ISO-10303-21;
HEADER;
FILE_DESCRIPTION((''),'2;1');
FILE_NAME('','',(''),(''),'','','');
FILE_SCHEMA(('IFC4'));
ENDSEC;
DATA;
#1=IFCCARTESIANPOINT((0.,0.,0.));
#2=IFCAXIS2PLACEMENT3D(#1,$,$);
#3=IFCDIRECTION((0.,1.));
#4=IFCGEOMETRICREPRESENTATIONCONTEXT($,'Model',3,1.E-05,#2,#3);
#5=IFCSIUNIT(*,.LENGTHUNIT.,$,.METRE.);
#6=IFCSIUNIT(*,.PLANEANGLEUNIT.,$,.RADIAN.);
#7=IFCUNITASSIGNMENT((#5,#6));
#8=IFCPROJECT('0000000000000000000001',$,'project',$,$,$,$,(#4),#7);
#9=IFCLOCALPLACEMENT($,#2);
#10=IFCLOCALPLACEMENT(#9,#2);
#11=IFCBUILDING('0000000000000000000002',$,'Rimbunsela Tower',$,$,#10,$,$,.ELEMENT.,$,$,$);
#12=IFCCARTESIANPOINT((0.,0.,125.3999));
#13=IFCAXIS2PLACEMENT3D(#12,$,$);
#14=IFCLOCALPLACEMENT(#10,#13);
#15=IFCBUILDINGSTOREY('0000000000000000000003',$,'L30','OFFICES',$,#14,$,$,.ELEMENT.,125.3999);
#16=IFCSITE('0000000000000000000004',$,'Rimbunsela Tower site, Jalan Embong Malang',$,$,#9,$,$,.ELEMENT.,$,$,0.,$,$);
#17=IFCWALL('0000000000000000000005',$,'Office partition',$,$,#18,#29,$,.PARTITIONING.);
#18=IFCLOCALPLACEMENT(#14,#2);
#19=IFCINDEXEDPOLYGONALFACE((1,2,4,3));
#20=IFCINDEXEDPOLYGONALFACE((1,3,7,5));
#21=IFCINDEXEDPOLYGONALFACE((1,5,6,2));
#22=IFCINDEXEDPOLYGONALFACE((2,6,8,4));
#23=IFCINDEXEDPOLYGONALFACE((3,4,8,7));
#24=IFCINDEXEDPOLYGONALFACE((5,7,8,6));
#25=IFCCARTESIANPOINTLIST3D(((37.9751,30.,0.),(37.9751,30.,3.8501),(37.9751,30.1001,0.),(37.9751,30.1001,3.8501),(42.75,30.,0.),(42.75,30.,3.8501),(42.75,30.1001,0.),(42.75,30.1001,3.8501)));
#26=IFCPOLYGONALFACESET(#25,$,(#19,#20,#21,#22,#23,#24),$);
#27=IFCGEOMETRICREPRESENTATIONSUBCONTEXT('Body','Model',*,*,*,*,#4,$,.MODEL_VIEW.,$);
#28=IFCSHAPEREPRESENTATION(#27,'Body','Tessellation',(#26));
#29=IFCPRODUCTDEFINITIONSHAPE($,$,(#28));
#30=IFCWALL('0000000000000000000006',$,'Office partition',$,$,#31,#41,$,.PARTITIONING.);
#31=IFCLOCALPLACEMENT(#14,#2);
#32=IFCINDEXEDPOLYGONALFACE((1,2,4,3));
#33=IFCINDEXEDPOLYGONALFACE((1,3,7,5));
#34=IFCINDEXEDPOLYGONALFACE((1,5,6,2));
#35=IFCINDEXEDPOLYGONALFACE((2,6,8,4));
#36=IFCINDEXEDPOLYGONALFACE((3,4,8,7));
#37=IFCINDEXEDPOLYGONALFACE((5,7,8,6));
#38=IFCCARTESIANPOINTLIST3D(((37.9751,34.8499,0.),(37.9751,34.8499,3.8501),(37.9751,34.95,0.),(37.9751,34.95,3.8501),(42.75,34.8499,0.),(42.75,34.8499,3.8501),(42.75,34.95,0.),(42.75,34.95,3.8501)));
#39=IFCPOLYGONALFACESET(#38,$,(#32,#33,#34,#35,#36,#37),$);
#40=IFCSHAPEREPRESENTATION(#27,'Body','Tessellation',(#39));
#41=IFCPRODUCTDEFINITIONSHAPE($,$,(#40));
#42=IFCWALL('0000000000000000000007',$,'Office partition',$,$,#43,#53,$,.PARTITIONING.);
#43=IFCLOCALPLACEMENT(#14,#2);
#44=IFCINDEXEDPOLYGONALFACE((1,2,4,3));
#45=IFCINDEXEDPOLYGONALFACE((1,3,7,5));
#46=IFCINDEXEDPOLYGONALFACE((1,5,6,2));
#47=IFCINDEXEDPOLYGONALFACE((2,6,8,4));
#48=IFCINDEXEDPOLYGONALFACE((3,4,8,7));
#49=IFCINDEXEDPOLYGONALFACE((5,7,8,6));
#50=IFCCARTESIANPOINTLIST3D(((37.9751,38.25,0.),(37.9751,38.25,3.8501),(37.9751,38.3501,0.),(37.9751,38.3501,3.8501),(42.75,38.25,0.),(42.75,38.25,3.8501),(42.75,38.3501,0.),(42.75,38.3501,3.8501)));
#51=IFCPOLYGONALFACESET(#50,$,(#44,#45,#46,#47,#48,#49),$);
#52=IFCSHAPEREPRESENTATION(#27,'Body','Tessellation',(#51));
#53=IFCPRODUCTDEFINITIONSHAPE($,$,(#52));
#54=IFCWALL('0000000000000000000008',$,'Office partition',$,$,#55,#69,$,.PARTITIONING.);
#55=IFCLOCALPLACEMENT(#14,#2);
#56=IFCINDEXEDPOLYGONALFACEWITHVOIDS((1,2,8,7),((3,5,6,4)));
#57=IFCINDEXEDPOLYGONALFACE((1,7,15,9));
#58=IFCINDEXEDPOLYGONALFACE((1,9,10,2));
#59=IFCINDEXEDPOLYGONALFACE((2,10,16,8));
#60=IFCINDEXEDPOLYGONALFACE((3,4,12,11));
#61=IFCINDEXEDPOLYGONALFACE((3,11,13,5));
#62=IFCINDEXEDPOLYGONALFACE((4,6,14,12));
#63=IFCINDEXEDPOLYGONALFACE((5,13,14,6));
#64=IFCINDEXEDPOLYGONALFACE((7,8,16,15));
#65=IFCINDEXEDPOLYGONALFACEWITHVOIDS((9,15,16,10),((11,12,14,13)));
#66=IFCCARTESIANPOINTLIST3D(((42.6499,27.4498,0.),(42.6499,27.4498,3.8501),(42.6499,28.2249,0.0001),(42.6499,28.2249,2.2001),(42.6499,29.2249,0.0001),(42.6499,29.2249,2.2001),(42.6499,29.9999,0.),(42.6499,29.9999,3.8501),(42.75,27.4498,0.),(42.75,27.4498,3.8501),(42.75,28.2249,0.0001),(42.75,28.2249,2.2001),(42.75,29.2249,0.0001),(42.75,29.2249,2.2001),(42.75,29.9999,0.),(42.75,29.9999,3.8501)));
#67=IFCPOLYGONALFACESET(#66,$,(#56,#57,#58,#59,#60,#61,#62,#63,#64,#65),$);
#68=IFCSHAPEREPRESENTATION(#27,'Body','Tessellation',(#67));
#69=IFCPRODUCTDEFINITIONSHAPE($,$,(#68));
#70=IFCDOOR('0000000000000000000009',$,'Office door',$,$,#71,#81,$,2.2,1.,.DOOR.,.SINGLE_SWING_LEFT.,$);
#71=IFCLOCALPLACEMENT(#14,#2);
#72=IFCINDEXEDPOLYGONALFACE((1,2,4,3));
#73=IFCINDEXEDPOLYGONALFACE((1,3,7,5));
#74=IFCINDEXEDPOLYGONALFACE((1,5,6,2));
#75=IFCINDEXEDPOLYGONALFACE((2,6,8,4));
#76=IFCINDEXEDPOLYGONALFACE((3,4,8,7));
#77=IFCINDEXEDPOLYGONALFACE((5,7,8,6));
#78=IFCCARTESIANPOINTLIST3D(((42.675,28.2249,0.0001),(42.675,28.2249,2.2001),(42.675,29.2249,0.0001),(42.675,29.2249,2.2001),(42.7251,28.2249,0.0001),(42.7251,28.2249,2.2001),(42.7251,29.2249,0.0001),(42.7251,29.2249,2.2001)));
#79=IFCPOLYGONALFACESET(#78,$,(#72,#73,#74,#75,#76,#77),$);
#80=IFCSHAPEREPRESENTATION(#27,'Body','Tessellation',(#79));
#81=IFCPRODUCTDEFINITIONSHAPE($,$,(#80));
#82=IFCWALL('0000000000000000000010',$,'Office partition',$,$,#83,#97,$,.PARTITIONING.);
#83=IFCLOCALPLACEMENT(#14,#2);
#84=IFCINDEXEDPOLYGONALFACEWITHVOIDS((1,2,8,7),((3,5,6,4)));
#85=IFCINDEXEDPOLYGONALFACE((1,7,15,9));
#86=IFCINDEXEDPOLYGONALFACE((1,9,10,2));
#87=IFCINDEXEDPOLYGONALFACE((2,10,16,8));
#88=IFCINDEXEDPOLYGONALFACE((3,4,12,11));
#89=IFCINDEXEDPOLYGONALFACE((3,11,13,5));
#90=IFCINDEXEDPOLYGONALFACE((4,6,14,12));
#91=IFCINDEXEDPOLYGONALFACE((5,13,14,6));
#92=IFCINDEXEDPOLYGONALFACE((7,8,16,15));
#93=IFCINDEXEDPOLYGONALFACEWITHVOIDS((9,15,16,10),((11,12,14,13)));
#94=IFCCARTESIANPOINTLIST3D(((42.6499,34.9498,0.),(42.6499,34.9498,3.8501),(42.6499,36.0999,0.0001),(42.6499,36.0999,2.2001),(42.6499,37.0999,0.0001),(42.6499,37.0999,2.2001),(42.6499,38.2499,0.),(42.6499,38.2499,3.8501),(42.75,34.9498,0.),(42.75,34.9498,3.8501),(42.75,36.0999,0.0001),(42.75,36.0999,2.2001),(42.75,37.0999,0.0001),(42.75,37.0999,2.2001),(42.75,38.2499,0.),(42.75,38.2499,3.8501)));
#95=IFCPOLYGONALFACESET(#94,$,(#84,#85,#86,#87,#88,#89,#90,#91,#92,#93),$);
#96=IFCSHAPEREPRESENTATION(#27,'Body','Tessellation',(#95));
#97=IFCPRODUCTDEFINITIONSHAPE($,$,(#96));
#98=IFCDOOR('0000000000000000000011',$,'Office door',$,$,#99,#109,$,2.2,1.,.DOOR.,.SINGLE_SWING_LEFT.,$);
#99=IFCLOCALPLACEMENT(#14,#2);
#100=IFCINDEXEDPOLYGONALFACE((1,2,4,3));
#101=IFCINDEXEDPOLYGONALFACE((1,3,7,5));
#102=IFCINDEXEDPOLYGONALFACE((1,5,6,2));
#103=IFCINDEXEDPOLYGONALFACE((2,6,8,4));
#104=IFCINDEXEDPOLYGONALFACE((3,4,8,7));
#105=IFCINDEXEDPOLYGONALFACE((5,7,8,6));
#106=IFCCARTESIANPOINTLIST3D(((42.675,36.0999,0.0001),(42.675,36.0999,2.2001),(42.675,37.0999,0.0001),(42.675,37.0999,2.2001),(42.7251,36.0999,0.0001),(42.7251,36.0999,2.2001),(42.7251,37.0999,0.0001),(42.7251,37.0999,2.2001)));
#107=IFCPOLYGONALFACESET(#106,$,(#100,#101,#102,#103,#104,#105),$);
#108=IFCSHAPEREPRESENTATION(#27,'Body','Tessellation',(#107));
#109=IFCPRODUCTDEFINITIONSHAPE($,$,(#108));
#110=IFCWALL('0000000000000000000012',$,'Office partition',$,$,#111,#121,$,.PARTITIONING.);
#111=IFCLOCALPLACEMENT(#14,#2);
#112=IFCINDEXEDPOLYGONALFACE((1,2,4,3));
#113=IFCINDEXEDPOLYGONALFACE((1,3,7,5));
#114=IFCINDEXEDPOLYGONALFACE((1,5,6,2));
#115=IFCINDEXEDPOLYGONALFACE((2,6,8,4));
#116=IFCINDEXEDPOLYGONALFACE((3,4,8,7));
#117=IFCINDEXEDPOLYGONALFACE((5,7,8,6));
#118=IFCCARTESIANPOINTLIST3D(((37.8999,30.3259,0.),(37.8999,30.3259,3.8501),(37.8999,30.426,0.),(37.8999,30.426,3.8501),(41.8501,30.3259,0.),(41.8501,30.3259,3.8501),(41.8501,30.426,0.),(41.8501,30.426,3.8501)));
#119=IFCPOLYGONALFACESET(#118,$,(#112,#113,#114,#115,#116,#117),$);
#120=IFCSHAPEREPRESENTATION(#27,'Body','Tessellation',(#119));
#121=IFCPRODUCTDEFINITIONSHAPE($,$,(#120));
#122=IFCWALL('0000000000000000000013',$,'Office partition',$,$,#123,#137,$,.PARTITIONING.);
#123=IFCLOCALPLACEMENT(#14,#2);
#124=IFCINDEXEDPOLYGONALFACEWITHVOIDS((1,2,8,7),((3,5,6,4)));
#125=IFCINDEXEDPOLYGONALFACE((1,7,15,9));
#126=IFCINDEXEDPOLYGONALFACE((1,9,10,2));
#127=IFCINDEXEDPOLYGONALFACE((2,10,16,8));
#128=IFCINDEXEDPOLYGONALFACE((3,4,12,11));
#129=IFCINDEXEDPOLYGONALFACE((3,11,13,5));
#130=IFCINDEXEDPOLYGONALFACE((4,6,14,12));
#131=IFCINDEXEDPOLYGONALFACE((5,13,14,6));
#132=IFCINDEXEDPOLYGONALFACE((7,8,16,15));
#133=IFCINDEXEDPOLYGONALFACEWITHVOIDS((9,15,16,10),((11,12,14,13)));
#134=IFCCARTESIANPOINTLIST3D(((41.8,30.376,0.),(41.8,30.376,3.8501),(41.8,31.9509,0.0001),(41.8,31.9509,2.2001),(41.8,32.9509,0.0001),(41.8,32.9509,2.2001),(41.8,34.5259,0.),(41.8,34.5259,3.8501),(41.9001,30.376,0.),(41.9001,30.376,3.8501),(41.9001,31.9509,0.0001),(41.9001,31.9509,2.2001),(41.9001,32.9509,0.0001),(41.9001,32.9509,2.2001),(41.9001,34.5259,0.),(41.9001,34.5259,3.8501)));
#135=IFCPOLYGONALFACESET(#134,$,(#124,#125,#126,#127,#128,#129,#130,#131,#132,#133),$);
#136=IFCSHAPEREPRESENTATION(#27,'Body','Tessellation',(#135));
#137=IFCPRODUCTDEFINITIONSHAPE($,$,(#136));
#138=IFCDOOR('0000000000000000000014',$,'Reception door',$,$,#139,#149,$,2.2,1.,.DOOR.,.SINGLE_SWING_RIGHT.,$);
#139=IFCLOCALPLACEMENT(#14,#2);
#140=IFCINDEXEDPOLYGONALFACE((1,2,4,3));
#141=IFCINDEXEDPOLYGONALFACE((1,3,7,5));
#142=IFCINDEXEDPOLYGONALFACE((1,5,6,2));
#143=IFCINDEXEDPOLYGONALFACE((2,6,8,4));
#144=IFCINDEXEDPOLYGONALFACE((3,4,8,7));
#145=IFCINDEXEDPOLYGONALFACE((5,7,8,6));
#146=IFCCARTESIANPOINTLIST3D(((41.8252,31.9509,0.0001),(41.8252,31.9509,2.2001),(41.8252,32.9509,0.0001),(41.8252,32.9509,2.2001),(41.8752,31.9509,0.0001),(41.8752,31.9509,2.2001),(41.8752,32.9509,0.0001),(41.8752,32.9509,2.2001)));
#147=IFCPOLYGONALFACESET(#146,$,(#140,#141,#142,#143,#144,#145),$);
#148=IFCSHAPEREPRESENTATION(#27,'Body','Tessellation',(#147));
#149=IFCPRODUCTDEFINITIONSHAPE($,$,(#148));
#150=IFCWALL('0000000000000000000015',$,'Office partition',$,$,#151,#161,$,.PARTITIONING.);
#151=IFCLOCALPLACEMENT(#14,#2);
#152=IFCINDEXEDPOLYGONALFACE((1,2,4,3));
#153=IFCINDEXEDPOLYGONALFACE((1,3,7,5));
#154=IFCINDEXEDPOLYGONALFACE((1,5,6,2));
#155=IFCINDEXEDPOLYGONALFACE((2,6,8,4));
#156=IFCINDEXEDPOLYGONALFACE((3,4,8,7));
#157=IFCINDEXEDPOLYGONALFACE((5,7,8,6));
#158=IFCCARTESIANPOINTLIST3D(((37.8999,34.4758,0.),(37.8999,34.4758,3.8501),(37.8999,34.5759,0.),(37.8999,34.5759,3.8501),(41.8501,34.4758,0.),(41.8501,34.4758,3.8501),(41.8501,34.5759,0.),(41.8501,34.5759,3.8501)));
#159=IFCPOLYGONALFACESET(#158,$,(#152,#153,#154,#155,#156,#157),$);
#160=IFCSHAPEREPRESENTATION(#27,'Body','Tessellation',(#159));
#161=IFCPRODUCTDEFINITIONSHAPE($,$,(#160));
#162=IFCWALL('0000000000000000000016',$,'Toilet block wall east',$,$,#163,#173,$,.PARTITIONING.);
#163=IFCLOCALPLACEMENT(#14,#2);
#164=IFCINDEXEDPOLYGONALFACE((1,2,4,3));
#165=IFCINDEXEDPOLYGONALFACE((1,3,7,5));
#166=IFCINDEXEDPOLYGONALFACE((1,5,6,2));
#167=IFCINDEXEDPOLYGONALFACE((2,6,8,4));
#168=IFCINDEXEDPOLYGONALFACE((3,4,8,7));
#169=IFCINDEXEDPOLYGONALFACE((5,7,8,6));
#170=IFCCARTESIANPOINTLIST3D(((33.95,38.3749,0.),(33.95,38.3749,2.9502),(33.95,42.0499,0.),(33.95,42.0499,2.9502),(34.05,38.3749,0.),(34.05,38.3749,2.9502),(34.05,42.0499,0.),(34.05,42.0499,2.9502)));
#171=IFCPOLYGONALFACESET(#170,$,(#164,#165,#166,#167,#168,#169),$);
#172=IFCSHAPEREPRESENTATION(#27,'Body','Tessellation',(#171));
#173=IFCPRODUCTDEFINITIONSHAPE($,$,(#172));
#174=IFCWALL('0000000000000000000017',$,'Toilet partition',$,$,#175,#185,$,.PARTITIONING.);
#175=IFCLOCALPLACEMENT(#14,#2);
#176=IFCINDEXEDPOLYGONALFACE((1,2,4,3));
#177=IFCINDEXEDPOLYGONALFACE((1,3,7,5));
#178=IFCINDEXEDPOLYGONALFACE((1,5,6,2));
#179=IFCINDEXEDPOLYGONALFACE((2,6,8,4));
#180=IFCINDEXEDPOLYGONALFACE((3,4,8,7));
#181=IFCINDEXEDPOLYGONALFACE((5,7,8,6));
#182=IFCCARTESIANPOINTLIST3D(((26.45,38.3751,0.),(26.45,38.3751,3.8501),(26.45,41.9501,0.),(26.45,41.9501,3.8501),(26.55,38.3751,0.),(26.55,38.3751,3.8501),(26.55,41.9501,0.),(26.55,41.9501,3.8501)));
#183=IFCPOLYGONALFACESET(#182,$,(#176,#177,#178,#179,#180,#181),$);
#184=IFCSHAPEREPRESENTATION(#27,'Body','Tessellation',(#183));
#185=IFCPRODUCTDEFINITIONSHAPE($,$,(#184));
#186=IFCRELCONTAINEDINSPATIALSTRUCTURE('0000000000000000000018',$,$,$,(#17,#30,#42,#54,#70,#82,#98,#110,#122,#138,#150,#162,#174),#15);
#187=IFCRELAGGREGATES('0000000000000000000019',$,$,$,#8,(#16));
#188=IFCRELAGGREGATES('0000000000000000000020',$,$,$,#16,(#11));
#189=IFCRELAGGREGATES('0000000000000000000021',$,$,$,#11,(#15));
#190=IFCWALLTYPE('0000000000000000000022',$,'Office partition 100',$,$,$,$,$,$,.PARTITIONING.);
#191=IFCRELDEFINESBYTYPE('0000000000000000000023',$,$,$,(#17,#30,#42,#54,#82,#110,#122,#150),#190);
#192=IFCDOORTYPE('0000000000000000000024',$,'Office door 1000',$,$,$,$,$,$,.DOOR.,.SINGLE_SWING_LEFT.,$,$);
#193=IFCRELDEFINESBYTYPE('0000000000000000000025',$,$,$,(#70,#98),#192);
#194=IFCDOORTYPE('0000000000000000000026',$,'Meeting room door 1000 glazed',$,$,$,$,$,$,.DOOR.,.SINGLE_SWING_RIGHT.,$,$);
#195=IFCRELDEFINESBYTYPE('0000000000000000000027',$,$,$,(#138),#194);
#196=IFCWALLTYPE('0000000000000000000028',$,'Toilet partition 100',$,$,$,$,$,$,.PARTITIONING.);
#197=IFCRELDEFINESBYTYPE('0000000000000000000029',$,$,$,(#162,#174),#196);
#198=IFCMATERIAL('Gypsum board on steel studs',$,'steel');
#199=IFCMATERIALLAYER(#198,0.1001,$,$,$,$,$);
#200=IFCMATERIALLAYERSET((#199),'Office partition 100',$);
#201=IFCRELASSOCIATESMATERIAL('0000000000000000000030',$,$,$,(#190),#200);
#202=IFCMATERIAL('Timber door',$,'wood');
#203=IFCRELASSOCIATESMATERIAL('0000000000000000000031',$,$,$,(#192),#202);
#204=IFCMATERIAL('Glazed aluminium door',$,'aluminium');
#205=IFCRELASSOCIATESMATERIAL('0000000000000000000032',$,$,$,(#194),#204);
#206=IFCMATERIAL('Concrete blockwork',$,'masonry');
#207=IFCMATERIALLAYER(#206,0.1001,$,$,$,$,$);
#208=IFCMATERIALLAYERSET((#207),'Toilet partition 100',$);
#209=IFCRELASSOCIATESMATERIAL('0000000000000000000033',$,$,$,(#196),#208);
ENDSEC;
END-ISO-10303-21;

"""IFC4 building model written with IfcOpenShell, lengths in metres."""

from ifc_helpers import new_model, si_unit, direction, frame, frame_2d, origin, place, context, subcontext, project, spatial, rectangle, extrude, material, layer, layer_set, type_object, element, fill, save


model = new_model("IFC4")

# Units and contexts
model_context = context("Model", 3, precision=1e-05, world=origin(), true_north=direction((0.0, 1.0)))
body_context = subcontext(model_context, "Body", "Model", "MODEL_VIEW")
ifc_project = project(units=[si_unit("LENGTHUNIT", "METRE"), si_unit("PLANEANGLEUNIT", "RADIAN")], contexts=[model_context])

# Site, building, storey
site_placement = place(None, origin())
site = spatial("IfcSite", under=ifc_project, at=site_placement, Name="Rimbunsela Tower site, Jalan Embong Malang", CompositionType="ELEMENT", RefElevation=0.0)
building_placement = place(site_placement, origin())
building = spatial("IfcBuilding", under=site, at=building_placement, Name="Rimbunsela Tower", CompositionType="ELEMENT")
storey_placement = place(building_placement, frame((0.0, 0.0, 125.3999)))
storey = spatial("IfcBuildingStorey", under=building, at=storey_placement, Name="L30", Description="OFFICES", CompositionType="ELEMENT", Elevation=125.3999)

# Walls
ifc_material_1 = material(Name="Gypsum board on steel studs", Category="steel")
ifc_layer_1 = layer(ifc_material_1, 0.1001)
ifc_layer_set_1 = layer_set([ifc_layer_1], Name="Office partition 100")
wall_type_1 = type_object("IfcWallType", Name="Office partition 100", PredefinedType="PARTITIONING", material=ifc_layer_set_1)
for number, where, z_axis, x_axis, name in (
    (1, (37.9751, 30.05, 0.0), (0.0, 0.0, 1.0), (1.0, 0.0, 0.0), "Office partition"),
    (2, (37.9751, 34.8999, 0.0), (0.0, 0.0, 1.0), (1.0, 0.0, 0.0), "Office partition"),
    (3, (37.9751, 38.3, 0.0), (0.0, 0.0, 1.0), (1.0, 0.0, 0.0), "Office partition"),
):
    element("IfcWall", number, at=place(storey_placement, frame(where, z_axis=z_axis, x_axis=x_axis)), inside=storey, type_object=wall_type_1, Name=name, PredefinedType="PARTITIONING", context=body_context, shape_type="SweptSolid", body=[
        extrude(rectangle(XDim=4.7749, YDim=0.1001, at=frame_2d((2.3875, 0.0))), origin(), (0.0, 0.0, 1.0), 3.8501),
    ])

# Walls, openings, doors
wall_1_placement = place(storey_placement, frame((42.7, 27.45, 0.0), z_axis=(0.0, 0.0, 1.0), x_axis=(0.0, 1.0, 0.0)))
wall_1 = element("IfcWall", 4, at=wall_1_placement, inside=storey, type_object=wall_type_1, Name="Office partition", PredefinedType="PARTITIONING", context=body_context, shape_type="SweptSolid", body=[
    extrude(rectangle(XDim=2.55, YDim=0.1001, at=frame_2d((1.2749, 0.0))), origin(), (0.0, 0.0, 1.0), 3.8501),
])
opening_1_placement = place(wall_1_placement, frame((0.7749, 0.0, 0.0)))
opening_1 = element("IfcOpeningElement", 5, at=opening_1_placement, cuts=wall_1, PredefinedType="OPENING", context=body_context, shape_type="SweptSolid", body=[
    extrude(rectangle(XDim=1.0, YDim=2.2, at=frame_2d((0.5, 1.1001))), frame((0.0, 0.0601, 0.0), z_axis=(0.0, -1.0, 0.0), x_axis=(1.0, 0.0, 0.0)), (0.0, 0.0, 1.0), 0.1201),
])
ifc_material_2 = material(Name="Timber door", Category="wood")
door_type_1 = type_object("IfcDoorType", Name="Office door 1000", OperationType="SINGLE_SWING_LEFT", PredefinedType="DOOR", material=ifc_material_2)
door_1_placement = place(opening_1_placement, origin())
door_1 = element("IfcDoor", 6, at=door_1_placement, inside=storey, type_object=door_type_1, Name="Office door", OperationType="SINGLE_SWING_LEFT", OverallHeight=2.2, OverallWidth=1.0, PredefinedType="DOOR", context=body_context, shape_type="SweptSolid", body=[
    extrude(rectangle(XDim=1.0, YDim=2.2, at=frame_2d((0.5, 1.1001))), frame((0.0, 0.0249, 0.0), z_axis=(0.0, -1.0, 0.0), x_axis=(1.0, 0.0, 0.0)), (0.0, 0.0, 1.0), 0.05),
])
fill(opening_1, door_1)
wall_2_placement = place(storey_placement, frame((42.7, 34.95, 0.0), z_axis=(0.0, 0.0, 1.0), x_axis=(0.0, 1.0, 0.0)))
wall_2 = element("IfcWall", 7, at=wall_2_placement, inside=storey, type_object=wall_type_1, Name="Office partition", PredefinedType="PARTITIONING", context=body_context, shape_type="SweptSolid", body=[
    extrude(rectangle(XDim=3.3, YDim=0.1001, at=frame_2d((1.6499, 0.0))), origin(), (0.0, 0.0, 1.0), 3.8501),
])
opening_2_placement = place(wall_2_placement, frame((1.1499, 0.0, 0.0)))
opening_2 = element("IfcOpeningElement", 8, at=opening_2_placement, cuts=wall_2, PredefinedType="OPENING", context=body_context, shape_type="SweptSolid", body=[
    extrude(rectangle(XDim=1.0, YDim=2.2, at=frame_2d((0.5, 1.1001))), frame((0.0, 0.0601, 0.0), z_axis=(0.0, -1.0, 0.0), x_axis=(1.0, 0.0, 0.0)), (0.0, 0.0, 1.0), 0.1201),
])
door_2_placement = place(opening_2_placement, origin())
door_2 = element("IfcDoor", 9, at=door_2_placement, inside=storey, type_object=door_type_1, Name="Office door", OperationType="SINGLE_SWING_LEFT", OverallHeight=2.2, OverallWidth=1.0, PredefinedType="DOOR", context=body_context, shape_type="SweptSolid", body=[
    extrude(rectangle(XDim=1.0, YDim=2.2, at=frame_2d((0.5, 1.1001))), frame((0.0, 0.0249, 0.0), z_axis=(0.0, -1.0, 0.0), x_axis=(1.0, 0.0, 0.0)), (0.0, 0.0, 1.0), 0.05),
])
fill(opening_2, door_2)

# Wall
wall_3_placement = place(storey_placement, frame((37.8999, 30.376, 0.0), z_axis=(0.0, 0.0, 1.0), x_axis=(1.0, 0.0, 0.0)))
element("IfcWall", 10, at=wall_3_placement, inside=storey, type_object=wall_type_1, Name="Office partition", PredefinedType="PARTITIONING", context=body_context, shape_type="SweptSolid", body=[
    extrude(rectangle(XDim=3.9502, YDim=0.1001, at=frame_2d((1.9751, 0.0))), origin(), (0.0, 0.0, 1.0), 3.8501),
])

# Wall, opening, door
wall_4_placement = place(storey_placement, frame((41.8501, 30.376, 0.0), z_axis=(0.0, 0.0, 1.0), x_axis=(0.0, 1.0, 0.0)))
wall_4 = element("IfcWall", 11, at=wall_4_placement, inside=storey, type_object=wall_type_1, Name="Office partition", PredefinedType="PARTITIONING", context=body_context, shape_type="SweptSolid", body=[
    extrude(rectangle(XDim=4.1499, YDim=0.1001, at=frame_2d((2.075, 0.0))), origin(), (0.0, 0.0, 1.0), 3.8501),
])
opening_3_placement = place(wall_4_placement, frame((1.575, 0.0, 0.0)))
opening_3 = element("IfcOpeningElement", 12, at=opening_3_placement, cuts=wall_4, PredefinedType="OPENING", context=body_context, shape_type="SweptSolid", body=[
    extrude(rectangle(XDim=1.0, YDim=2.2, at=frame_2d((0.5, 1.1001))), frame((0.0, 0.0601, 0.0), z_axis=(0.0, -1.0, 0.0), x_axis=(1.0, 0.0, 0.0)), (0.0, 0.0, 1.0), 0.1201),
])
ifc_material_3 = material(Name="Glazed aluminium door", Category="aluminium")
door_type_2 = type_object("IfcDoorType", Name="Meeting room door 1000 glazed", OperationType="SINGLE_SWING_RIGHT", PredefinedType="DOOR", material=ifc_material_3)
door_3_placement = place(opening_3_placement, origin())
door_3 = element("IfcDoor", 13, at=door_3_placement, inside=storey, type_object=door_type_2, Name="Reception door", OperationType="SINGLE_SWING_RIGHT", OverallHeight=2.2, OverallWidth=1.0, PredefinedType="DOOR", context=body_context, shape_type="SweptSolid", body=[
    extrude(rectangle(XDim=1.0, YDim=2.2, at=frame_2d((0.5, 1.1001))), frame((0.0, 0.0249, 0.0), z_axis=(0.0, -1.0, 0.0), x_axis=(1.0, 0.0, 0.0)), (0.0, 0.0, 1.0), 0.05),
])
fill(opening_3, door_3)

# Walls
wall_5_placement = place(storey_placement, frame((41.8501, 34.5259, 0.0), z_axis=(0.0, 0.0, 1.0), x_axis=(-1.0, 0.0, 0.0)))
element("IfcWall", 14, at=wall_5_placement, inside=storey, type_object=wall_type_1, Name="Office partition", PredefinedType="PARTITIONING", context=body_context, shape_type="SweptSolid", body=[
    extrude(rectangle(XDim=3.9502, YDim=0.1001, at=frame_2d((1.9751, 0.0))), origin(), (0.0, 0.0, 1.0), 3.8501),
])
ifc_material_4 = material(Name="Concrete blockwork", Category="masonry")
ifc_layer_2 = layer(ifc_material_4, 0.1001)
ifc_layer_set_2 = layer_set([ifc_layer_2], Name="Toilet partition 100")
wall_type_2 = type_object("IfcWallType", Name="Toilet partition 100", PredefinedType="PARTITIONING", material=ifc_layer_set_2)
wall_6_placement = place(storey_placement, frame((34.0, 38.375, 0.0), z_axis=(0.0, 0.0, 1.0), x_axis=(0.0, 1.0, 0.0)))
element("IfcWall", 15, at=wall_6_placement, inside=storey, type_object=wall_type_2, Name="Toilet block wall east", PredefinedType="PARTITIONING", context=body_context, shape_type="SweptSolid", body=[
    extrude(rectangle(XDim=3.675, YDim=0.1001, at=frame_2d((1.8374, 0.0))), origin(), (0.0, 0.0, 1.0), 2.9502),
])
for number, where, z_axis, x_axis, name in (
    (16, (26.5, 38.375, 0.0), (0.0, 0.0, 1.0), (0.0, 1.0, 0.0), "Toilet partition"),
):
    element("IfcWall", number, at=place(storey_placement, frame(where, z_axis=z_axis, x_axis=x_axis)), inside=storey, type_object=wall_type_2, Name=name, PredefinedType="PARTITIONING", context=body_context, shape_type="SweptSolid", body=[
        extrude(rectangle(XDim=3.575, YDim=0.1001, at=frame_2d((1.7876, 0.0))), origin(), (0.0, 0.0, 1.0), 3.8501),
    ])

save(model, "model.ifc")
